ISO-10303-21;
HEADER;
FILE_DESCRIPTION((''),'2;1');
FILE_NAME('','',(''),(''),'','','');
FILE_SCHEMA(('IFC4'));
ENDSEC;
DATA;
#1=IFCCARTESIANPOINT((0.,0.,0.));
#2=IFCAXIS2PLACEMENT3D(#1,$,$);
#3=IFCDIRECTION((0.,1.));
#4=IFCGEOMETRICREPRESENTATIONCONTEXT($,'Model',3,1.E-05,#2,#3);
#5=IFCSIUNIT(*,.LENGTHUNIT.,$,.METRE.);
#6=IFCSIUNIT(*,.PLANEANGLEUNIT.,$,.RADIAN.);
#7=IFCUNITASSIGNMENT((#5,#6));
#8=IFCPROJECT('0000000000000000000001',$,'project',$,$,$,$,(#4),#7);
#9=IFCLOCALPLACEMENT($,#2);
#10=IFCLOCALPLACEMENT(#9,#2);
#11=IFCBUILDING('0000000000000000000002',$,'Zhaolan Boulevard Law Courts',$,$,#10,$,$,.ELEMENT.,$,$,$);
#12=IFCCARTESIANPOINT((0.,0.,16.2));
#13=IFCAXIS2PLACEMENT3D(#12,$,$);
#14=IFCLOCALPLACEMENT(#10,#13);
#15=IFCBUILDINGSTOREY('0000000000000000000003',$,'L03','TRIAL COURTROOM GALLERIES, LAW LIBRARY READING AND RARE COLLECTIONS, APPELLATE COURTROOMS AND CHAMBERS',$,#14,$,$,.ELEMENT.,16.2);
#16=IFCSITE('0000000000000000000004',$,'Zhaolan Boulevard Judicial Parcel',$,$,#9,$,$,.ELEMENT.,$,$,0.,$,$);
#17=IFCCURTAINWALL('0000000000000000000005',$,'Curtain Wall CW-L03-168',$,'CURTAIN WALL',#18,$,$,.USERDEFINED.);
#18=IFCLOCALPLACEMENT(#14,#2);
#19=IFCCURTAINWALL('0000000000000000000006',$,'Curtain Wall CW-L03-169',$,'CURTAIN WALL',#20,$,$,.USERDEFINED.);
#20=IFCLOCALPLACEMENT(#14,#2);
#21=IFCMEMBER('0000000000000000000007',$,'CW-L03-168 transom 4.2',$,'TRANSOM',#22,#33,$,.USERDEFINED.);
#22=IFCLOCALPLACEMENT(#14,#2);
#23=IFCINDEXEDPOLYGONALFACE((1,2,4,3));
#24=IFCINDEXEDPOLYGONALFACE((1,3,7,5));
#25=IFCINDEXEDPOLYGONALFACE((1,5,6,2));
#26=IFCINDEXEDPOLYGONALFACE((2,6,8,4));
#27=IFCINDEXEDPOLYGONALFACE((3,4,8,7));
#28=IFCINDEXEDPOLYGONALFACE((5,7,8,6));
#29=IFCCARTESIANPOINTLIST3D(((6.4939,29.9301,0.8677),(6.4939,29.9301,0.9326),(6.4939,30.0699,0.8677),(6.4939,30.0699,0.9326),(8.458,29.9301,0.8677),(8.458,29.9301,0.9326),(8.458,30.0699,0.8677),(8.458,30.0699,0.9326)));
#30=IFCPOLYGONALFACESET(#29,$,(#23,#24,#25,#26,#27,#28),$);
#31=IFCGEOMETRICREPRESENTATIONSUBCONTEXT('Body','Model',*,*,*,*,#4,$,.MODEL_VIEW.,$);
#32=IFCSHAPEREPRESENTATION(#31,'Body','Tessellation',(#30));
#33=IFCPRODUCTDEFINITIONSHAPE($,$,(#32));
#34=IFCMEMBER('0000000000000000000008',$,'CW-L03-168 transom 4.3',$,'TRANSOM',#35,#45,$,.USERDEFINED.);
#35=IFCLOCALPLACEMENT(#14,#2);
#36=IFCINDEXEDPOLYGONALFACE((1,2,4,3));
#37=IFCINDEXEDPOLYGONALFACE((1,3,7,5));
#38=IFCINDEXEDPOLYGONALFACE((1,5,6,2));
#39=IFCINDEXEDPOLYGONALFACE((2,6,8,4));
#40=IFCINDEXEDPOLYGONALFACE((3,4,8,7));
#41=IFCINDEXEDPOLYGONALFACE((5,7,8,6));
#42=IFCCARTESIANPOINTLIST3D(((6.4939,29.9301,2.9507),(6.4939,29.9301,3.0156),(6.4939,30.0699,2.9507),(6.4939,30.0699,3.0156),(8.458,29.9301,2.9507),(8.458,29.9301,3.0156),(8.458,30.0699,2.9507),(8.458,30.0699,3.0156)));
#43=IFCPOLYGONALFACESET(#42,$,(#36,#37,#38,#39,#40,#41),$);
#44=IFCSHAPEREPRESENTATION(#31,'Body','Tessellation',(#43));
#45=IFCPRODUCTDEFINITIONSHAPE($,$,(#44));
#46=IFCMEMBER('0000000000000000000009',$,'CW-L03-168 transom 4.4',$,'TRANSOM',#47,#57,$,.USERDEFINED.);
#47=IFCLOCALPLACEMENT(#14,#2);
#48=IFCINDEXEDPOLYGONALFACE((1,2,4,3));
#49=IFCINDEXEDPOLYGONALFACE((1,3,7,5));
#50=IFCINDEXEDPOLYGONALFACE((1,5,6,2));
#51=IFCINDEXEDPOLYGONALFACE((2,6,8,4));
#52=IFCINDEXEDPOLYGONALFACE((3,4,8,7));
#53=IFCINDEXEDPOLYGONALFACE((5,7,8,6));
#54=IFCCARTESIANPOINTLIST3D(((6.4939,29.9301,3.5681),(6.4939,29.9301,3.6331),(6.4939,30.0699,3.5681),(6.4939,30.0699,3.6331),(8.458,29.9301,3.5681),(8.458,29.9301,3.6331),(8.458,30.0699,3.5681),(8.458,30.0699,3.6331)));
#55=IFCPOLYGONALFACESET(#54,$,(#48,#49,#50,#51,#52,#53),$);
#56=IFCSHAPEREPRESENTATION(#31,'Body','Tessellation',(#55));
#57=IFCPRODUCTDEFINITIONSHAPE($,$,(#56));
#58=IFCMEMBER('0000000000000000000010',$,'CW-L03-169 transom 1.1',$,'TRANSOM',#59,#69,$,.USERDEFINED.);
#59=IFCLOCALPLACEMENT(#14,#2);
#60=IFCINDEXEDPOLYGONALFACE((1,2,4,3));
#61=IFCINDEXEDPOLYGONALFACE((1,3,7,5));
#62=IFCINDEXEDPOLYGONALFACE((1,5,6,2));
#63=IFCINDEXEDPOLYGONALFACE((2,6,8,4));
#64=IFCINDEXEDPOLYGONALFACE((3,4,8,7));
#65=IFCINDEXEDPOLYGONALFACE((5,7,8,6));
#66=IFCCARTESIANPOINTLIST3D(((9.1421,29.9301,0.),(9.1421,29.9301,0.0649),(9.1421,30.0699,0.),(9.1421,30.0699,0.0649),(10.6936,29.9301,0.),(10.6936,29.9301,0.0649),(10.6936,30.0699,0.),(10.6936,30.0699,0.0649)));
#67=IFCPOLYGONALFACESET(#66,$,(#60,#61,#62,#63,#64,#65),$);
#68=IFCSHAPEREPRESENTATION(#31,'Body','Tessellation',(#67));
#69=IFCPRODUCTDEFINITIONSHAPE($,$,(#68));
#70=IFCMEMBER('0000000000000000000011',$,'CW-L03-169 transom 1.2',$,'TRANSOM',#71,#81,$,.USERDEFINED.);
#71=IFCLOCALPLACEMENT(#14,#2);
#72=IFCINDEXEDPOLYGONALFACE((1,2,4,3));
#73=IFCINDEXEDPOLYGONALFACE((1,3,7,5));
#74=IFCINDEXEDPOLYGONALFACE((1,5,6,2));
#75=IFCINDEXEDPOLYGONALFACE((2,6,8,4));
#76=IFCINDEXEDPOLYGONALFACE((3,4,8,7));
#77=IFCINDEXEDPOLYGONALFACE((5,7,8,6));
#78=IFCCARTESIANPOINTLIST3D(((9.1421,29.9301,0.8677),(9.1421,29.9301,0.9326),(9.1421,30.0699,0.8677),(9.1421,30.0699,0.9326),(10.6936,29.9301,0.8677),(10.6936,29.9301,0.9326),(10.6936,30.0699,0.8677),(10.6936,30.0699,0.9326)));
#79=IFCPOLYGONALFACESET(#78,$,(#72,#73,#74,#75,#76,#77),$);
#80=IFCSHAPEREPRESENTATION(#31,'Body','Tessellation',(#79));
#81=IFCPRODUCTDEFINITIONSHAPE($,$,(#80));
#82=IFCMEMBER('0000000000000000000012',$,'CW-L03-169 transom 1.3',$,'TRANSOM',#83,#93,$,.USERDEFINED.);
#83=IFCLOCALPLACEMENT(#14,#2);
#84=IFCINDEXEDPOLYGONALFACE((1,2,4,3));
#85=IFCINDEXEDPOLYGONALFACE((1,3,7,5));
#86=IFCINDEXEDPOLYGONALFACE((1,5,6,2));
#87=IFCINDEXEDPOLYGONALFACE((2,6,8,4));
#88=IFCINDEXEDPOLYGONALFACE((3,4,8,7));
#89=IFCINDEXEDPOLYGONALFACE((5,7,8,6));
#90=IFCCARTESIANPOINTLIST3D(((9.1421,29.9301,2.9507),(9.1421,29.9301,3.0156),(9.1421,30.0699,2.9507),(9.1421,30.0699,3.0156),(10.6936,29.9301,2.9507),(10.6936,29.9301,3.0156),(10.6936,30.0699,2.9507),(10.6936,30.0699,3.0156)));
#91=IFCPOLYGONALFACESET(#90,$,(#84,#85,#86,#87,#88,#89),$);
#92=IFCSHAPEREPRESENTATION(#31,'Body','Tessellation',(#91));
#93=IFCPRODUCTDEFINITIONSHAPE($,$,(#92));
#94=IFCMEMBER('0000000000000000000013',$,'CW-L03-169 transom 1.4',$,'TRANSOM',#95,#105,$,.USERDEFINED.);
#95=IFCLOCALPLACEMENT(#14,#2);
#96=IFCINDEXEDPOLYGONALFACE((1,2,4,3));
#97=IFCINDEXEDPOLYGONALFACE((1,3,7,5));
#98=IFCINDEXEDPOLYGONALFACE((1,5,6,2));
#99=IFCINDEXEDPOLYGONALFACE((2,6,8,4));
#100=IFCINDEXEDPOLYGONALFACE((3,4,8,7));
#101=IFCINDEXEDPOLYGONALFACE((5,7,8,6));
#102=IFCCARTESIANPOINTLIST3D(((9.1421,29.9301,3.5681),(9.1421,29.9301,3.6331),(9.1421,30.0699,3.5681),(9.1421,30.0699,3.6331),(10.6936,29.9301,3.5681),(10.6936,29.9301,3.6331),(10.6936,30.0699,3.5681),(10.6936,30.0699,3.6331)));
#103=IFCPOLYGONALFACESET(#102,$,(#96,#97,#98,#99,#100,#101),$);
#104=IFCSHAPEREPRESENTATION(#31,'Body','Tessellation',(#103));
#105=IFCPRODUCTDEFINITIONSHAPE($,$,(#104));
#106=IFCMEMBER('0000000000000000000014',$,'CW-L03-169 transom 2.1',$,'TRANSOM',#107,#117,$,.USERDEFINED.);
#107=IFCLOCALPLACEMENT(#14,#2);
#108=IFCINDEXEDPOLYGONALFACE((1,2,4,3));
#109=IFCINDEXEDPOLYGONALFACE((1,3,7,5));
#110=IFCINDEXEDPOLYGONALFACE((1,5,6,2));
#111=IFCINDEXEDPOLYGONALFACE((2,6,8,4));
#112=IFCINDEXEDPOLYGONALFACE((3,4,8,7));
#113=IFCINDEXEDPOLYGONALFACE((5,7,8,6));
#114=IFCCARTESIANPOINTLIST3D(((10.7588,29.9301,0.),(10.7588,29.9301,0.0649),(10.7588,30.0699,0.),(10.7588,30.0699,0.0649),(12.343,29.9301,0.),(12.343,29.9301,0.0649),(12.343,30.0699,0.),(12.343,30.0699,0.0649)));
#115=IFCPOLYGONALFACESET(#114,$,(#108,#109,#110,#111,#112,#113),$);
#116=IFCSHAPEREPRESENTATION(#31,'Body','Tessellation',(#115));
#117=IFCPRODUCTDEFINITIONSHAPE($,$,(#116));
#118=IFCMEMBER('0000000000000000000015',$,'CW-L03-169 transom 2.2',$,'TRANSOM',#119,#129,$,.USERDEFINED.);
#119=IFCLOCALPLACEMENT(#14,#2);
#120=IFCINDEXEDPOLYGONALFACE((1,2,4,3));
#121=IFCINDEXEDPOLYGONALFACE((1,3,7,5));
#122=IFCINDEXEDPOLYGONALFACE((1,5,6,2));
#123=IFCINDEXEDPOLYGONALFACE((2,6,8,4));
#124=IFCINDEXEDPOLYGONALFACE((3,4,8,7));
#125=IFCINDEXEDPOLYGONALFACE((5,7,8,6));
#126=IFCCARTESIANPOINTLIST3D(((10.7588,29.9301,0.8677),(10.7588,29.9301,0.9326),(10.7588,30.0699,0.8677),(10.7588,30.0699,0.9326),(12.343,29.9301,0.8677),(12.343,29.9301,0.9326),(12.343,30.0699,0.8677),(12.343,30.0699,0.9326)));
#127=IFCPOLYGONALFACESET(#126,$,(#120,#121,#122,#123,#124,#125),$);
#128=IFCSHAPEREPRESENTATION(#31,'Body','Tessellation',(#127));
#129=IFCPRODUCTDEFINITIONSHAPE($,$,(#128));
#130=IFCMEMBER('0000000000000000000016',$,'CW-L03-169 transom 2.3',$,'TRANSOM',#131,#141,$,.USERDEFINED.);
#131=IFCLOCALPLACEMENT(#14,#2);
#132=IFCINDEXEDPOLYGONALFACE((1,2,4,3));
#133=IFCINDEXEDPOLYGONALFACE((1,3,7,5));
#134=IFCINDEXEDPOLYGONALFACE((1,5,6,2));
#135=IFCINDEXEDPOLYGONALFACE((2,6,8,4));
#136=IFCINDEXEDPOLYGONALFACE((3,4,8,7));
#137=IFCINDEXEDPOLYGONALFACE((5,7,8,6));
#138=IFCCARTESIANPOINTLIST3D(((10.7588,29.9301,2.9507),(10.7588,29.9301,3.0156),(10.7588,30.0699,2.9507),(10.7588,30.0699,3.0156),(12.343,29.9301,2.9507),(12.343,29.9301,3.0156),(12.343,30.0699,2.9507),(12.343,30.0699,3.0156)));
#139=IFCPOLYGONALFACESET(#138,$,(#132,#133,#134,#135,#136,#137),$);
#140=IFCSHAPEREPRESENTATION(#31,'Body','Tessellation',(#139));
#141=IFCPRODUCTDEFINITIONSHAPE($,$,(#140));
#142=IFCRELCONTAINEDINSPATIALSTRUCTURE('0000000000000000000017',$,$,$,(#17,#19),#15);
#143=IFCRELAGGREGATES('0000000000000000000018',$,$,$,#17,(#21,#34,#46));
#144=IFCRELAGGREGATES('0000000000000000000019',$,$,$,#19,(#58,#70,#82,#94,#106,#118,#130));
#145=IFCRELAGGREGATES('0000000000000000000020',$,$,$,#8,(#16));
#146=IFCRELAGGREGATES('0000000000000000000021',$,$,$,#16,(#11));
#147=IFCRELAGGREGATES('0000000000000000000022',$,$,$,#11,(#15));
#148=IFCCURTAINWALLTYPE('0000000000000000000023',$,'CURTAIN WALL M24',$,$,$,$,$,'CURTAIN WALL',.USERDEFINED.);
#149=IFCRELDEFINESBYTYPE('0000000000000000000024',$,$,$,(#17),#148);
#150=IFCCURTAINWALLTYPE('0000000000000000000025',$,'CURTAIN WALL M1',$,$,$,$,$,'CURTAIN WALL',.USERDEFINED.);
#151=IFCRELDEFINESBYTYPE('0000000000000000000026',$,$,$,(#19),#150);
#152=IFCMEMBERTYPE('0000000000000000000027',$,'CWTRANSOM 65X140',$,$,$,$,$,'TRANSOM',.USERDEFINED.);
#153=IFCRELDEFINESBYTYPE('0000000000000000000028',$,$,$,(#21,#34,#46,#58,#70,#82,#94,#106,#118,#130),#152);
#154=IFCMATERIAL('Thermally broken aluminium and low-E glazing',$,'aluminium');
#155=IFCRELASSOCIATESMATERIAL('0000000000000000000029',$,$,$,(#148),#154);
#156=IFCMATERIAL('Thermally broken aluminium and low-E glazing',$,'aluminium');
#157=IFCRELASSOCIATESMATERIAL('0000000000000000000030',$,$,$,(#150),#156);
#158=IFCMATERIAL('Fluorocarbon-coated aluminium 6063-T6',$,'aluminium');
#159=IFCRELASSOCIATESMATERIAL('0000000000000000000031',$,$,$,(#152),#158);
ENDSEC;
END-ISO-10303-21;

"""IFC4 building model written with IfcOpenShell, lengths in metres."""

from ifc_helpers import new_model, si_unit, direction, frame, origin, origin_2d, place, context, subcontext, project, spatial, rectangle, extrude, material, material_profile, profile_set, type_object, element, aggregate, save


model = new_model("IFC4")

# Units and contexts
model_context = context("Model", 3, precision=1e-05, world=origin(), true_north=direction((0.0, 1.0)))
body_context = subcontext(model_context, "Body", "Model", "MODEL_VIEW")
ifc_project = project(units=[si_unit("LENGTHUNIT", "METRE"), si_unit("PLANEANGLEUNIT", "RADIAN")], contexts=[model_context])

# Site, building, storey
site_placement = place(None, origin())
site = spatial("IfcSite", under=ifc_project, at=site_placement, Name="Zhaolan Boulevard Judicial Parcel", CompositionType="ELEMENT", RefElevation=0.0)
building_placement = place(site_placement, origin())
building = spatial("IfcBuilding", under=site, at=building_placement, Name="Zhaolan Boulevard Law Courts", CompositionType="ELEMENT")
storey_placement = place(building_placement, frame((0.0, 0.0, 16.2)))
storey = spatial("IfcBuildingStorey", under=building, at=storey_placement, Name="L03", Description="TRIAL COURTROOM GALLERIES, LAW LIBRARY READING AND RARE COLLECTIONS, APPELLATE COURTROOMS AND CHAMBERS", CompositionType="ELEMENT", Elevation=16.2)

# Curtain walls
ifc_material_1 = material(Name="Thermally broken aluminium and low-E glazing", Category="aluminium")
curtain_wall_type_1 = type_object("IfcCurtainWallType", Name="CURTAIN WALL M24", ElementType="CURTAIN WALL", PredefinedType="USERDEFINED", material=ifc_material_1)
curtain_wall_1_placement = place(storey_placement, origin())
curtain_wall_1 = element("IfcCurtainWall", 1, at=curtain_wall_1_placement, inside=storey, type_object=curtain_wall_type_1, Name="Curtain Wall CW-L03-168", ObjectType="CURTAIN WALL", PredefinedType="USERDEFINED")
ifc_material_2 = material(Name="Thermally broken aluminium and low-E glazing", Category="aluminium")
curtain_wall_type_2 = type_object("IfcCurtainWallType", Name="CURTAIN WALL M1", ElementType="CURTAIN WALL", PredefinedType="USERDEFINED", material=ifc_material_2)
curtain_wall_2_placement = place(storey_placement, origin())
curtain_wall_2 = element("IfcCurtainWall", 2, at=curtain_wall_2_placement, inside=storey, type_object=curtain_wall_type_2, Name="Curtain Wall CW-L03-169", ObjectType="CURTAIN WALL", PredefinedType="USERDEFINED")

# Members
ifc_material_3 = material(Name="Fluorocarbon-coated aluminium 6063-T6", Category="aluminium")
ifc_material_profile_1 = material_profile(ifc_material_3, rectangle(XDim=0.1399, YDim=0.0649, at=origin_2d()), Name="AL65x140")
ifc_profile_set_1 = profile_set([ifc_material_profile_1], Name="Fluorocarbon-coated aluminium 6063-T6")
member_type_1 = type_object("IfcMemberType", Name="CWTRANSOM 65X140", ElementType="TRANSOM", PredefinedType="USERDEFINED", material=ifc_profile_set_1)
member_1_placement = place(storey_placement, frame((6.4939, 30.0, 0.9001), z_axis=(1.0, 0.0, 0.0), x_axis=(0.0, 1.0, 0.0)))
member_1 = element("IfcMember", 3, at=member_1_placement, type_object=member_type_1, Name="CW-L03-168 transom 4.2", ObjectType="TRANSOM", PredefinedType="USERDEFINED", context=body_context, shape_type="SweptSolid", body=[
    extrude(rectangle(XDim=0.1399, YDim=0.0649, at=origin_2d()), origin(), (0.0, 0.0, 1.0), 1.9641),
])
member_2_placement = place(storey_placement, frame((6.4939, 30.0, 2.9832), z_axis=(1.0, 0.0, 0.0), x_axis=(0.0, 1.0, 0.0)))
member_2 = element("IfcMember", 4, at=member_2_placement, type_object=member_type_1, Name="CW-L03-168 transom 4.3", ObjectType="TRANSOM", PredefinedType="USERDEFINED", context=body_context, shape_type="SweptSolid", body=[
    extrude(rectangle(XDim=0.1399, YDim=0.0649, at=origin_2d()), origin(), (0.0, 0.0, 1.0), 1.9641),
])
member_3_placement = place(storey_placement, frame((6.4939, 30.0, 3.6006), z_axis=(1.0, 0.0, 0.0), x_axis=(0.0, 1.0, 0.0)))
member_3 = element("IfcMember", 5, at=member_3_placement, type_object=member_type_1, Name="CW-L03-168 transom 4.4", ObjectType="TRANSOM", PredefinedType="USERDEFINED", context=body_context, shape_type="SweptSolid", body=[
    extrude(rectangle(XDim=0.1399, YDim=0.0649, at=origin_2d()), origin(), (0.0, 0.0, 1.0), 1.9641),
])
member_4_placement = place(storey_placement, frame((9.1421, 30.0, 0.0325), z_axis=(1.0, 0.0, 0.0), x_axis=(0.0, 1.0, 0.0)))
member_4 = element("IfcMember", 6, at=member_4_placement, type_object=member_type_1, Name="CW-L03-169 transom 1.1", ObjectType="TRANSOM", PredefinedType="USERDEFINED", context=body_context, shape_type="SweptSolid", body=[
    extrude(rectangle(XDim=0.1399, YDim=0.0649, at=origin_2d()), origin(), (0.0, 0.0, 1.0), 1.5515),
])
member_5_placement = place(storey_placement, frame((9.1421, 30.0, 0.9001), z_axis=(1.0, 0.0, 0.0), x_axis=(0.0, 1.0, 0.0)))
member_5 = element("IfcMember", 7, at=member_5_placement, type_object=member_type_1, Name="CW-L03-169 transom 1.2", ObjectType="TRANSOM", PredefinedType="USERDEFINED", context=body_context, shape_type="SweptSolid", body=[
    extrude(rectangle(XDim=0.1399, YDim=0.0649, at=origin_2d()), origin(), (0.0, 0.0, 1.0), 1.5515),
])
member_6_placement = place(storey_placement, frame((9.1421, 30.0, 2.9832), z_axis=(1.0, 0.0, 0.0), x_axis=(0.0, 1.0, 0.0)))
member_6 = element("IfcMember", 8, at=member_6_placement, type_object=member_type_1, Name="CW-L03-169 transom 1.3", ObjectType="TRANSOM", PredefinedType="USERDEFINED", context=body_context, shape_type="SweptSolid", body=[
    extrude(rectangle(XDim=0.1399, YDim=0.0649, at=origin_2d()), origin(), (0.0, 0.0, 1.0), 1.5515),
])
member_7_placement = place(storey_placement, frame((9.1421, 30.0, 3.6006), z_axis=(1.0, 0.0, 0.0), x_axis=(0.0, 1.0, 0.0)))
member_7 = element("IfcMember", 9, at=member_7_placement, type_object=member_type_1, Name="CW-L03-169 transom 1.4", ObjectType="TRANSOM", PredefinedType="USERDEFINED", context=body_context, shape_type="SweptSolid", body=[
    extrude(rectangle(XDim=0.1399, YDim=0.0649, at=origin_2d()), origin(), (0.0, 0.0, 1.0), 1.5515),
])
member_8_placement = place(storey_placement, frame((10.7588, 30.0, 0.0325), z_axis=(1.0, 0.0, 0.0), x_axis=(0.0, 1.0, 0.0)))
member_8 = element("IfcMember", 10, at=member_8_placement, type_object=member_type_1, Name="CW-L03-169 transom 2.1", ObjectType="TRANSOM", PredefinedType="USERDEFINED", context=body_context, shape_type="SweptSolid", body=[
    extrude(rectangle(XDim=0.1399, YDim=0.0649, at=origin_2d()), origin(), (0.0, 0.0, 1.0), 1.5842),
])
member_9_placement = place(storey_placement, frame((10.7588, 30.0, 0.9001), z_axis=(1.0, 0.0, 0.0), x_axis=(0.0, 1.0, 0.0)))
member_9 = element("IfcMember", 11, at=member_9_placement, type_object=member_type_1, Name="CW-L03-169 transom 2.2", ObjectType="TRANSOM", PredefinedType="USERDEFINED", context=body_context, shape_type="SweptSolid", body=[
    extrude(rectangle(XDim=0.1399, YDim=0.0649, at=origin_2d()), origin(), (0.0, 0.0, 1.0), 1.5842),
])
member_10_placement = place(storey_placement, frame((10.7588, 30.0, 2.9832), z_axis=(1.0, 0.0, 0.0), x_axis=(0.0, 1.0, 0.0)))
member_10 = element("IfcMember", 12, at=member_10_placement, type_object=member_type_1, Name="CW-L03-169 transom 2.3", ObjectType="TRANSOM", PredefinedType="USERDEFINED", context=body_context, shape_type="SweptSolid", body=[
    extrude(rectangle(XDim=0.1399, YDim=0.0649, at=origin_2d()), origin(), (0.0, 0.0, 1.0), 1.5842),
])

aggregate(curtain_wall_1, [member_1, member_2, member_3])
aggregate(curtain_wall_2, [member_4, member_5, member_6, member_7, member_8, member_9, member_10])

save(model, "model.ifc")
